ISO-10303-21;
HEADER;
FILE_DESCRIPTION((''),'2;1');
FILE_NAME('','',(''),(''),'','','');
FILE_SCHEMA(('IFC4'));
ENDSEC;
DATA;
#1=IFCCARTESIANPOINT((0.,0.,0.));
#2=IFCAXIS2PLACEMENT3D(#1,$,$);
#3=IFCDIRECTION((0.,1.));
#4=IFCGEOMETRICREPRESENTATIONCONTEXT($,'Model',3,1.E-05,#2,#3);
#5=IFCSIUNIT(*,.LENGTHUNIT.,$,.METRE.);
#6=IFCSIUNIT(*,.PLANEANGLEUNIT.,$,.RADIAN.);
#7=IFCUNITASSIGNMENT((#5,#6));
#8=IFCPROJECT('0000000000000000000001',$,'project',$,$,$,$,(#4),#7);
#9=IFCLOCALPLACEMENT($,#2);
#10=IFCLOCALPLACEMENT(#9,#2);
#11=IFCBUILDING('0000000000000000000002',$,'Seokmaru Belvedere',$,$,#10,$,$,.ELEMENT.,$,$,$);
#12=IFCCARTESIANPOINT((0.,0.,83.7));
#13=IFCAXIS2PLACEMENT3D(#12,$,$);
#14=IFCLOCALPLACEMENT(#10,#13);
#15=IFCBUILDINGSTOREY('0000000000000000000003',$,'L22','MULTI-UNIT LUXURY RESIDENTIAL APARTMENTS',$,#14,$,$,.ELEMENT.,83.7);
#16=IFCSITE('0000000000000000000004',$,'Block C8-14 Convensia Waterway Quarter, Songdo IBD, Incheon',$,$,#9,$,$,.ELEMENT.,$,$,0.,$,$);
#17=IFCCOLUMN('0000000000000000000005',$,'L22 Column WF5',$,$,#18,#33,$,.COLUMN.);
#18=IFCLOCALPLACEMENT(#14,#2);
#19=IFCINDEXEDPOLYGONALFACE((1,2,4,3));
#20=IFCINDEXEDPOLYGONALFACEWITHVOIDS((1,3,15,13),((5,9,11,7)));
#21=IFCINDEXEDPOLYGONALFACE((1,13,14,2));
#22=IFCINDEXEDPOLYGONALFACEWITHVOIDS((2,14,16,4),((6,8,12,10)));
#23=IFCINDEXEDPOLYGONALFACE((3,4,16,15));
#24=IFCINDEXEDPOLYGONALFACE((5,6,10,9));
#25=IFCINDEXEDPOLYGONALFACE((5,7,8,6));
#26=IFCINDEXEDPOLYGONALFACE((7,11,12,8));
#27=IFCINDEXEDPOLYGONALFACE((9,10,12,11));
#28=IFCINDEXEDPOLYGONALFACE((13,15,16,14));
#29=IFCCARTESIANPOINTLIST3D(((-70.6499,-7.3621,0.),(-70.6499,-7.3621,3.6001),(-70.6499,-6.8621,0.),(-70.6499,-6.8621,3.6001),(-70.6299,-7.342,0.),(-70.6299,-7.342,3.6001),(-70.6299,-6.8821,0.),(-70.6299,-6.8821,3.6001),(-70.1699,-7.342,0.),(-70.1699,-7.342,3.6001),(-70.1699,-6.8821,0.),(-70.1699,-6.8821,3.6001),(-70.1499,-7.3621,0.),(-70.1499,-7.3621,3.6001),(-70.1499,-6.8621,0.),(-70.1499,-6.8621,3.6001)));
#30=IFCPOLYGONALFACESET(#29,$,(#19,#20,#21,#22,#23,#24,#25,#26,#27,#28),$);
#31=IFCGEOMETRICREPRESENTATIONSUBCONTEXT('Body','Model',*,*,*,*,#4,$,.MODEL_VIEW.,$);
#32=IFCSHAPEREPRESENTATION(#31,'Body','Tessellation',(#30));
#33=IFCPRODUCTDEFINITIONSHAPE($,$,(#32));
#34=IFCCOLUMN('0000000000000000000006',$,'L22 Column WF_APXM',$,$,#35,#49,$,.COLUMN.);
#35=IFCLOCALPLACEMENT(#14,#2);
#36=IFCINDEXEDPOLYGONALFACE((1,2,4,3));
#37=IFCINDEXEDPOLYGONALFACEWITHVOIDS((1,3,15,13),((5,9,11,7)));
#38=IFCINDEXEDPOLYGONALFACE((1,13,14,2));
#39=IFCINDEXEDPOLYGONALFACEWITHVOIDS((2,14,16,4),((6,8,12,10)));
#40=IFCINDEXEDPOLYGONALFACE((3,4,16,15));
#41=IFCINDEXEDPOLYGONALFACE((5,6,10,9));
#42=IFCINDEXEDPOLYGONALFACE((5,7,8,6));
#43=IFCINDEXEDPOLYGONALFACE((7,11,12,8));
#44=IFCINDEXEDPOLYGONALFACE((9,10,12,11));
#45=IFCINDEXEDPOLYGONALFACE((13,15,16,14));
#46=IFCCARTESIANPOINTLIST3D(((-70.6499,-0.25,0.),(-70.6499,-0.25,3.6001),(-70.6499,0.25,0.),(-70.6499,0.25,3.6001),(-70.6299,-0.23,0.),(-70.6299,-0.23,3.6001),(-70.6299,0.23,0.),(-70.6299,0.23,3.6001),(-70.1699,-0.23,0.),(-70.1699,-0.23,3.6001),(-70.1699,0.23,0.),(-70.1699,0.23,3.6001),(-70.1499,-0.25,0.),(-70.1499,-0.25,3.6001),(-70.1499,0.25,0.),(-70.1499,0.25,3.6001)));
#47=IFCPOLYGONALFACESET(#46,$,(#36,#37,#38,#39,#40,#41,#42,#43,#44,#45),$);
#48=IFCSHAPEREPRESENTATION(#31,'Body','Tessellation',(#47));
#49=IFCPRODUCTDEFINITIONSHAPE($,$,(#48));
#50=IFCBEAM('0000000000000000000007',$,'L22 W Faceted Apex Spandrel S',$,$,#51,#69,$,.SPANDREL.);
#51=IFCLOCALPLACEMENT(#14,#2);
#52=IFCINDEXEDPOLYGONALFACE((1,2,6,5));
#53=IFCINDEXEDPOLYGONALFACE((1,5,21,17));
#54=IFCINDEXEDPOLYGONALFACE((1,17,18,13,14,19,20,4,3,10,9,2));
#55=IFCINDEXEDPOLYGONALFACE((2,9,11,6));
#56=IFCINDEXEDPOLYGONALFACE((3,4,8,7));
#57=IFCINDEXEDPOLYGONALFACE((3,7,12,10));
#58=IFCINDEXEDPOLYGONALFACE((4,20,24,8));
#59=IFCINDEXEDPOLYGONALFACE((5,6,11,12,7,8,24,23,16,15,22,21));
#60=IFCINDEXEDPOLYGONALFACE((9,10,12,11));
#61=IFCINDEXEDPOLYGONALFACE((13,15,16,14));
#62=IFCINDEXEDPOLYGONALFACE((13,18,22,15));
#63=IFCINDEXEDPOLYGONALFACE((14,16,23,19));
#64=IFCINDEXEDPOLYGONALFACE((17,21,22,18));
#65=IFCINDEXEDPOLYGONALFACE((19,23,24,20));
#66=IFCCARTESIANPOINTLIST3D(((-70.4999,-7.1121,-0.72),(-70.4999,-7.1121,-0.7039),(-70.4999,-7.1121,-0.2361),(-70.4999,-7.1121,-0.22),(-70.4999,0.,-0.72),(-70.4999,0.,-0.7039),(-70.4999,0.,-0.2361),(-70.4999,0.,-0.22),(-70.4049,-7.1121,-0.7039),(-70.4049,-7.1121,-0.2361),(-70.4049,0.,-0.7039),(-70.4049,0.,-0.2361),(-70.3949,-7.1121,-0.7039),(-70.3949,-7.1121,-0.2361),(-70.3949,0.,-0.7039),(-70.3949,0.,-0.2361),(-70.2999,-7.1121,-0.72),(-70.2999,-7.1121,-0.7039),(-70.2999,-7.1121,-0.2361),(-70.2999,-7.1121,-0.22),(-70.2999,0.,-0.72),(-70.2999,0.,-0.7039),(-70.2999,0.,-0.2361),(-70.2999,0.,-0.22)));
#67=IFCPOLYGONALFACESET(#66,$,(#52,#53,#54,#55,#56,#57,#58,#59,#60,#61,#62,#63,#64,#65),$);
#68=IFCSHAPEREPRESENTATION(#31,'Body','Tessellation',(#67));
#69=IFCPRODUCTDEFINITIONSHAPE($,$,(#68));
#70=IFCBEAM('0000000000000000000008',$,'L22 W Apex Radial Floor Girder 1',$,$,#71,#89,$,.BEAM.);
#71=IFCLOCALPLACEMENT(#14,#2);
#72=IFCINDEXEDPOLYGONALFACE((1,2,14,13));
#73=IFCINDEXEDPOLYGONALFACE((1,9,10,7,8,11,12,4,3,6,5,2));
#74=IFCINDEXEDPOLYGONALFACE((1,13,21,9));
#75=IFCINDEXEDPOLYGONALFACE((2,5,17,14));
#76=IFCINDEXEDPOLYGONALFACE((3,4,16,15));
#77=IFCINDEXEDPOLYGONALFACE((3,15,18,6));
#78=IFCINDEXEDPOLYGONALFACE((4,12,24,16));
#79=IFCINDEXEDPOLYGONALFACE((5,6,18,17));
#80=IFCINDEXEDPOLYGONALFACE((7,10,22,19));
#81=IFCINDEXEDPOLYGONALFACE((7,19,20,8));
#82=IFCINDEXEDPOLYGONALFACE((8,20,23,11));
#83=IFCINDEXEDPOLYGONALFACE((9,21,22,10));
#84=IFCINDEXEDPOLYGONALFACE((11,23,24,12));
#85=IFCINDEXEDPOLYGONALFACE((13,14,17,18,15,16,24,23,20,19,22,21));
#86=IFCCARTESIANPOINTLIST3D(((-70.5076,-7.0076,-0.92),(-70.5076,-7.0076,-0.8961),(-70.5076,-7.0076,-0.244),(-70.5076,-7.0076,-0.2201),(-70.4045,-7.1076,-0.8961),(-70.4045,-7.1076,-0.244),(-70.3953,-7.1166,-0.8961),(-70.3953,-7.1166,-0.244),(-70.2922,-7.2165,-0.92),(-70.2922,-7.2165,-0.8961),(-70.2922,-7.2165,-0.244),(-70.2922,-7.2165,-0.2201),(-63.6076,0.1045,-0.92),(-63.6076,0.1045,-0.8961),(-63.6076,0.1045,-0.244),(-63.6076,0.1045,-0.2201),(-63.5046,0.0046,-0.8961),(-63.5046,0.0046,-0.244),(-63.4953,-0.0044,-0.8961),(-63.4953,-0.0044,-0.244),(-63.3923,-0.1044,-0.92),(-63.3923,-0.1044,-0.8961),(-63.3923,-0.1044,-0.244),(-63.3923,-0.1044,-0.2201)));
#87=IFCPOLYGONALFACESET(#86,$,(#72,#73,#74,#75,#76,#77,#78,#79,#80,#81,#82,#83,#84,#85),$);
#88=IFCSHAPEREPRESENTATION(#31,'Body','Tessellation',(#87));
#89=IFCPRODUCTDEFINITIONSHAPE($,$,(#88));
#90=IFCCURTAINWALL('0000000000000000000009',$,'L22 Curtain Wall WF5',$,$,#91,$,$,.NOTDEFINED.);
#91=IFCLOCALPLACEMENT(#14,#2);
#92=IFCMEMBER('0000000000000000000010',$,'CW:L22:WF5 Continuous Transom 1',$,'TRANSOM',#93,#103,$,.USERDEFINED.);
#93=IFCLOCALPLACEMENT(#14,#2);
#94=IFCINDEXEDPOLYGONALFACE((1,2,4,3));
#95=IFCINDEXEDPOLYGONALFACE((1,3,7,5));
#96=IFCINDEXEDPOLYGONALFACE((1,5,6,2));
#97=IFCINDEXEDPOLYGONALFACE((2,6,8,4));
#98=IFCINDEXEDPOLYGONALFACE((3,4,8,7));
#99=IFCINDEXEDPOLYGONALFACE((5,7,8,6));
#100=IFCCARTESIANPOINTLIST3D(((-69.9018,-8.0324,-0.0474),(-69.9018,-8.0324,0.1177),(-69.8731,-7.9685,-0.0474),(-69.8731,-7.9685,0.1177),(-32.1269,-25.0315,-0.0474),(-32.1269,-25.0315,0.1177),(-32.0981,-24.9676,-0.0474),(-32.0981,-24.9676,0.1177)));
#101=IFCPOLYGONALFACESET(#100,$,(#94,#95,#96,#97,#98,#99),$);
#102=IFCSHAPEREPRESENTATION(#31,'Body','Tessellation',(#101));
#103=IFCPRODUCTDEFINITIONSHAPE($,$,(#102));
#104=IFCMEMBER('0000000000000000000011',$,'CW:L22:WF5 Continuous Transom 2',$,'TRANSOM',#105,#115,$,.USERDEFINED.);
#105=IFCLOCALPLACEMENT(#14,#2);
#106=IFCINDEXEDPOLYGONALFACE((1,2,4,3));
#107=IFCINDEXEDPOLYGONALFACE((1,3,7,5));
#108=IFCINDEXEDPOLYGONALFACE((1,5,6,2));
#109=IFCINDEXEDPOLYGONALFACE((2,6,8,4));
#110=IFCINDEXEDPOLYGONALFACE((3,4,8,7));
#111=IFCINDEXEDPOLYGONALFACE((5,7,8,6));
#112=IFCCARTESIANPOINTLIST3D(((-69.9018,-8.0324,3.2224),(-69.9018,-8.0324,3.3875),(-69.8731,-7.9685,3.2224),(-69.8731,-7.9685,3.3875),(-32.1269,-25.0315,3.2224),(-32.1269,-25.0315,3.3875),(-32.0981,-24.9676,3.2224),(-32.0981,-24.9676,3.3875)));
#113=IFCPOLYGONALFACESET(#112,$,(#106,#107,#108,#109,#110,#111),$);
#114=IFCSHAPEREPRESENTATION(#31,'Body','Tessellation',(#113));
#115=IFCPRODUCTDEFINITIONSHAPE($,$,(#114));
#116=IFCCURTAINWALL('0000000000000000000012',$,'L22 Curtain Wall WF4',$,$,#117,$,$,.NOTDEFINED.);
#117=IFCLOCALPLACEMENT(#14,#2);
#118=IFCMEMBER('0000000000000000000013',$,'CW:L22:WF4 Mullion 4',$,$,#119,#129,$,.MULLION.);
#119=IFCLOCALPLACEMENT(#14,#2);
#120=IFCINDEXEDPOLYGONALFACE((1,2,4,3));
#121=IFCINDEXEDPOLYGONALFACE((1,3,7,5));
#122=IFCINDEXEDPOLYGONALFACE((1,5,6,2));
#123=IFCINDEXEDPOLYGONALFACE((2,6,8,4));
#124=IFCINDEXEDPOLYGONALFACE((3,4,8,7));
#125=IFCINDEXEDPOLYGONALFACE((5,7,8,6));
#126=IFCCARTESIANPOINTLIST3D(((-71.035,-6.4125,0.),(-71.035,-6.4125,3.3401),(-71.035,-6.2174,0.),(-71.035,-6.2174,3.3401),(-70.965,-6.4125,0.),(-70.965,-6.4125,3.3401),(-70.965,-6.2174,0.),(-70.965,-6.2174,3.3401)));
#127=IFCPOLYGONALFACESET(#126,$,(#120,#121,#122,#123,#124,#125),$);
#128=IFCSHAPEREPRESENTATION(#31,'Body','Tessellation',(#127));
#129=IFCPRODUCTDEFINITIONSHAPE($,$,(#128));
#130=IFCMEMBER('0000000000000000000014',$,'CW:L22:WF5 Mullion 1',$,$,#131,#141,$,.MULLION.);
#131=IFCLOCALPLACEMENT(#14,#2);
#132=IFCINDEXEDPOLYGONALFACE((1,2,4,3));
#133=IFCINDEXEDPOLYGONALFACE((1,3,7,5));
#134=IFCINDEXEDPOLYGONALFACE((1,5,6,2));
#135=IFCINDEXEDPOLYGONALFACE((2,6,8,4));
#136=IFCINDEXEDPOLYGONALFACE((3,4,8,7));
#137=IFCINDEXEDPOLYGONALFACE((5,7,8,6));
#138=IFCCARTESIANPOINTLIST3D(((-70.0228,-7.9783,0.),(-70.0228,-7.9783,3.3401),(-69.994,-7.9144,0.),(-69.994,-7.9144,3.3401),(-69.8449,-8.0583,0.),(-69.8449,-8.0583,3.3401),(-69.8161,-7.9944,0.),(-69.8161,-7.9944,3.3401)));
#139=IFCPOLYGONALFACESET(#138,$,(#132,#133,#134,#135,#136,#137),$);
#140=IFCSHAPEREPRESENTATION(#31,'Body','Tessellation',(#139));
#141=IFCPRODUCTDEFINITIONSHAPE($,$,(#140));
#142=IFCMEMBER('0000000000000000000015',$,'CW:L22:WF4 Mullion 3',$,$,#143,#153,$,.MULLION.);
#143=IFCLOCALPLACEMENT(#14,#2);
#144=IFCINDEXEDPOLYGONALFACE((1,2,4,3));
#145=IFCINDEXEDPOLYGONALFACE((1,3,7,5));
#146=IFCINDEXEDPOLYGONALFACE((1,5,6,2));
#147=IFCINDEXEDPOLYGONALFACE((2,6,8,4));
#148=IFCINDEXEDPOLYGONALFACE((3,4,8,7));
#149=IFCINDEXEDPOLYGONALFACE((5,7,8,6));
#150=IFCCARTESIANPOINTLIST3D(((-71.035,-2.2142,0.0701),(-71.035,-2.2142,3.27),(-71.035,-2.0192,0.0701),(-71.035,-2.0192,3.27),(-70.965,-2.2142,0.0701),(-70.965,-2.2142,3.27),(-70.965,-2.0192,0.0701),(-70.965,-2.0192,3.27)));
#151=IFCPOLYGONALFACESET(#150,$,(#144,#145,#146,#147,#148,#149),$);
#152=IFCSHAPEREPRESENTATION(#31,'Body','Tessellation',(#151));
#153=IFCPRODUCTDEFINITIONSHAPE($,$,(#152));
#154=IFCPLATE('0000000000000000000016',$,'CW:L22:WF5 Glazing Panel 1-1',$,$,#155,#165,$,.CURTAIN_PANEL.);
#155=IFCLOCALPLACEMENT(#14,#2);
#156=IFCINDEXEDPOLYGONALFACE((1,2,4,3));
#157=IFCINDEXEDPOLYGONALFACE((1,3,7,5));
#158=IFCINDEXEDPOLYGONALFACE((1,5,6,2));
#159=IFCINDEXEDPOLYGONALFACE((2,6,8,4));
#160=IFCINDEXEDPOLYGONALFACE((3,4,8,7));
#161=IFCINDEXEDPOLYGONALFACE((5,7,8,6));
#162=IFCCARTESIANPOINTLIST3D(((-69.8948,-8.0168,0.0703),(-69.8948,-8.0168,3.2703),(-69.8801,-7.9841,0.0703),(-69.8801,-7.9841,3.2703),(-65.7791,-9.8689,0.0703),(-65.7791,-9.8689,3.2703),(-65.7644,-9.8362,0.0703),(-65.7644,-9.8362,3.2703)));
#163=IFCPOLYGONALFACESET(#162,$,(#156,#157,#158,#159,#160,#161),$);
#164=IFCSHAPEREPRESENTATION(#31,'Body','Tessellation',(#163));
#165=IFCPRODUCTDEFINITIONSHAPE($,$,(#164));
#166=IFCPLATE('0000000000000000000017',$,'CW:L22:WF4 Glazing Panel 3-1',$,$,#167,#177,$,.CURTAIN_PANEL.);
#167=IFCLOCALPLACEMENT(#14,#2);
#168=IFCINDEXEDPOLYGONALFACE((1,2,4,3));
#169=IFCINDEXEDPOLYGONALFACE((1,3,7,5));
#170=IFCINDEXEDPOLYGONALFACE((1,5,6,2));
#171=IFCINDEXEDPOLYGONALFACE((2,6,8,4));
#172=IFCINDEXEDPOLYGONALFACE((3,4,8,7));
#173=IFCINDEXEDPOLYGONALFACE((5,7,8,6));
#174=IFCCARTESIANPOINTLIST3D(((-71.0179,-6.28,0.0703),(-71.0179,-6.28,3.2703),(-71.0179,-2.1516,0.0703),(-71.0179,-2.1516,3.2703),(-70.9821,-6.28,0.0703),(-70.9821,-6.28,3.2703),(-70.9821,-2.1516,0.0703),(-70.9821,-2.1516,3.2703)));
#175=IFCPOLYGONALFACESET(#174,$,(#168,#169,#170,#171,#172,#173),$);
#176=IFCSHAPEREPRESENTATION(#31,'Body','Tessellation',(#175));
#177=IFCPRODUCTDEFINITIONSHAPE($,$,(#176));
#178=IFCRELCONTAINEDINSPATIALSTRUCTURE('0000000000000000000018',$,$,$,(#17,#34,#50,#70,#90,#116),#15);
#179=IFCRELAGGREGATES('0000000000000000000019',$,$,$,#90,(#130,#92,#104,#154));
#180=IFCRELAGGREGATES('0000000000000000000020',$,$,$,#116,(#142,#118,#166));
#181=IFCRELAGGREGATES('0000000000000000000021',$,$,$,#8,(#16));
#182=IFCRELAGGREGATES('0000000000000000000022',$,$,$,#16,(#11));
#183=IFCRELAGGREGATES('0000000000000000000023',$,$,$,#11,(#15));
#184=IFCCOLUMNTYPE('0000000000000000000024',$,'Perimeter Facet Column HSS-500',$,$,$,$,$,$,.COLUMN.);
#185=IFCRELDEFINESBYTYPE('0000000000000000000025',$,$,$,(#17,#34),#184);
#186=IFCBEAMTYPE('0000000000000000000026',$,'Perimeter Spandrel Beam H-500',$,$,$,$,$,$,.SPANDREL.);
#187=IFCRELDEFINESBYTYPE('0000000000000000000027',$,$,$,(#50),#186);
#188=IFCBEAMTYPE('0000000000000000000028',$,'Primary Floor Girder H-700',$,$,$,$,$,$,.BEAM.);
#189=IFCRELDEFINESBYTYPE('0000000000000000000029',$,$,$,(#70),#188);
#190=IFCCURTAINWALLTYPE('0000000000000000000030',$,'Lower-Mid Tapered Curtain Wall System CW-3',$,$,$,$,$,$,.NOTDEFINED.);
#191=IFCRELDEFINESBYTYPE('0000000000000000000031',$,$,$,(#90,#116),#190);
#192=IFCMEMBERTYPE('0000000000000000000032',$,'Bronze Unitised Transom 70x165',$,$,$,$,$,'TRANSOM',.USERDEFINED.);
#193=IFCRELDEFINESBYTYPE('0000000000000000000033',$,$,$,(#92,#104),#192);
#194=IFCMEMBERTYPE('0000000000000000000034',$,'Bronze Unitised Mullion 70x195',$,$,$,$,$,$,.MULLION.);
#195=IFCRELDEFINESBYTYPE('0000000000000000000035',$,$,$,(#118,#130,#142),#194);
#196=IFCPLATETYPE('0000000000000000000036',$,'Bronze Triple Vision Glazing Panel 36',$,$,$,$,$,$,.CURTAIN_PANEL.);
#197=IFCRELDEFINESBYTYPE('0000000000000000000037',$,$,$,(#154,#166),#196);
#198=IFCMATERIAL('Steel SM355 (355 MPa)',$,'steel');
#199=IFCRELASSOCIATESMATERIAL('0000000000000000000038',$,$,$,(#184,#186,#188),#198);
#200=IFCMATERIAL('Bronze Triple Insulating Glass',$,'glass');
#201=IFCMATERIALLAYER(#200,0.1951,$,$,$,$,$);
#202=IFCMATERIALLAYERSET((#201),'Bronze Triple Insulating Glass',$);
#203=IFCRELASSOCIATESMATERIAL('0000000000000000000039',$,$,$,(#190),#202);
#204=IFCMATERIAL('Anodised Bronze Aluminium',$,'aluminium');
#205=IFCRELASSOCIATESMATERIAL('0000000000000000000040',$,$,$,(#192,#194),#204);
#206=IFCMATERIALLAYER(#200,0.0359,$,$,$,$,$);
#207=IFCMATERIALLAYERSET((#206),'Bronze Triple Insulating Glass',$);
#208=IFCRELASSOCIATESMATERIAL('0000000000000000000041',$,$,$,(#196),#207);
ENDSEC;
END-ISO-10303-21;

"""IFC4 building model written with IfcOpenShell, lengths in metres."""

from ifc_helpers import new_model, si_unit, direction, frame, origin, origin_2d, place, context, subcontext, project, spatial, rectangle, hollow_rectangle, i_section, extrude, source, transform, mapped, material, layer, layer_set, material_profile, profile_set, type_object, type_shapes, element, aggregate, save


model = new_model("IFC4")

# Units and contexts
model_context = context("Model", 3, precision=1e-05, world=origin(), true_north=direction((0.0, 1.0)))
body_context = subcontext(model_context, "Body", "Model", "MODEL_VIEW")
ifc_project = project(units=[si_unit("LENGTHUNIT", "METRE"), si_unit("PLANEANGLEUNIT", "RADIAN")], contexts=[model_context])

# Site, building, storey
site_placement = place(None, origin())
site = spatial("IfcSite", under=ifc_project, at=site_placement, Name="Block C8-14 Convensia Waterway Quarter, Songdo IBD, Incheon", CompositionType="ELEMENT", RefElevation=0.0)
building_placement = place(site_placement, origin())
building = spatial("IfcBuilding", under=site, at=building_placement, Name="Seokmaru Belvedere", CompositionType="ELEMENT")
storey_placement = place(building_placement, frame((0.0, 0.0, 83.7)))
storey = spatial("IfcBuildingStorey", under=building, at=storey_placement, Name="L22", Description="MULTI-UNIT LUXURY RESIDENTIAL APARTMENTS", CompositionType="ELEMENT", Elevation=83.7)

# Columns
ifc_material_1 = material(Name="Steel SM355 (355 MPa)", Category="steel")
ifc_material_profile_1 = material_profile(ifc_material_1, hollow_rectangle(XDim=0.5, YDim=0.5, WallThickness=0.02, at=origin_2d()), Name="HSS-500x500x20")
ifc_profile_set_1 = profile_set([ifc_material_profile_1], Name="Steel SM355 (355 MPa)")
column_type = type_object("IfcColumnType", Name="Perimeter Facet Column HSS-500", PredefinedType="COLUMN", material=ifc_profile_set_1)
shared_shape_1 = source(origin(), body_context, "Body", "SweptSolid", [
    extrude(hollow_rectangle(XDim=0.5, YDim=0.5, WallThickness=0.02, at=origin_2d()), origin(), (0.0, 0.0, 1.0), 3.6001),
])
type_shapes(column_type, [shared_shape_1])
for number, where, z_axis, x_axis, name in (
    (1, (-70.3999, -7.1121, 0.0), (0.0, 0.0, 1.0), (1.0, 0.0, 0.0), "L22 Column WF5"),
    (2, (-70.3999, 0.0, 0.0), (0.0, 0.0, 1.0), (1.0, 0.0, 0.0), "L22 Column WF_APXM"),
):
    element("IfcColumn", number, at=place(storey_placement, frame(where, z_axis=z_axis, x_axis=x_axis)), inside=storey, type_object=column_type, Name=name, PredefinedType="COLUMN", context=body_context, shape_type="MappedRepresentation", body=[
        mapped(shared_shape_1, transform((0.0, 0.0, 0.0), scale=1.0)),
    ])

# Beams
ifc_material_profile_2 = material_profile(ifc_material_1, i_section(OverallWidth=0.2, OverallDepth=0.5, WebThickness=0.01, FlangeThickness=0.0161, at=origin_2d()), Name="H-500x200x10x16")
ifc_profile_set_2 = profile_set([ifc_material_profile_2], Name="Steel SM355 (355 MPa)")
beam_type_1 = type_object("IfcBeamType", Name="Perimeter Spandrel Beam H-500", PredefinedType="SPANDREL", material=ifc_profile_set_2)
shared_shape_2 = source(origin(), body_context, "Body", "SweptSolid", [
    extrude(i_section(OverallWidth=0.2, OverallDepth=0.5, WebThickness=0.01, FlangeThickness=0.0161, at=origin_2d()), origin(), (0.0, 0.0, 1.0), 7.1121),
])
type_shapes(beam_type_1, [shared_shape_2])
beam_1_placement = place(storey_placement, frame((-70.3999, -7.1121, -0.47), z_axis=(0.0, 1.0, 0.0), x_axis=(-1.0, 0.0, 0.0)))
element("IfcBeam", 3, at=beam_1_placement, inside=storey, type_object=beam_type_1, Name="L22 W Faceted Apex Spandrel S", PredefinedType="SPANDREL", context=body_context, shape_type="MappedRepresentation", body=[
    mapped(shared_shape_2, transform((0.0, 0.0, 0.0), scale=1.0)),
])
ifc_material_profile_3 = material_profile(ifc_material_1, i_section(OverallWidth=0.3, OverallDepth=0.7, WebThickness=0.0129, FlangeThickness=0.0239, at=origin_2d()), Name="H-700x300x13x24")
ifc_profile_set_3 = profile_set([ifc_material_profile_3], Name="Steel SM355 (355 MPa)")
beam_type_2 = type_object("IfcBeamType", Name="Primary Floor Girder H-700", PredefinedType="BEAM", material=ifc_profile_set_3)
shared_shape_3 = source(origin(), body_context, "Body", "SweptSolid", [
    extrude(i_section(OverallWidth=0.3, OverallDepth=0.7, WebThickness=0.0129, FlangeThickness=0.0239, at=origin_2d()), origin(), (0.0, 0.0, 1.0), 9.9092),
])
type_shapes(beam_type_2, [shared_shape_3])
beam_2_placement = place(storey_placement, frame((-70.3999, -7.1121, -0.5701), z_axis=(0.696321, 0.717731, 0.0), x_axis=(-0.717731, 0.696321, 0.0)))
element("IfcBeam", 4, at=beam_2_placement, inside=storey, type_object=beam_type_2, Name="L22 W Apex Radial Floor Girder 1", PredefinedType="BEAM", context=body_context, shape_type="MappedRepresentation", body=[
    mapped(shared_shape_3, transform((0.0, 0.0, 0.0), scale=1.0)),
])

# Curtain wall, members
ifc_material_2 = material(Name="Bronze Triple Insulating Glass", Category="glass")
ifc_layer_1 = layer(ifc_material_2, 0.1951)
ifc_layer_set_1 = layer_set([ifc_layer_1], Name="Bronze Triple Insulating Glass")
curtain_wall_type = type_object("IfcCurtainWallType", Name="Lower-Mid Tapered Curtain Wall System CW-3", PredefinedType="NOTDEFINED", material=ifc_layer_set_1)
curtain_wall_1_placement = place(storey_placement, origin())
curtain_wall_1 = element("IfcCurtainWall", 5, at=curtain_wall_1_placement, inside=storey, type_object=curtain_wall_type, Name="L22 Curtain Wall WF5", PredefinedType="NOTDEFINED")
ifc_material_3 = material(Name="Anodised Bronze Aluminium", Category="aluminium")
ifc_material_profile_4 = material_profile(ifc_material_3, rectangle(XDim=0.0701, YDim=0.165, at=origin_2d()), Name="CW-T-70x165")
ifc_profile_set_4 = profile_set([ifc_material_profile_4], Name="Anodised Bronze Aluminium")
member_type_1 = type_object("IfcMemberType", Name="Bronze Unitised Transom 70x165", ElementType="TRANSOM", PredefinedType="USERDEFINED", material=ifc_profile_set_4)
shared_shape_4 = source(origin(), body_context, "Body", "SweptSolid", [
    extrude(rectangle(XDim=0.0701, YDim=0.165, at=origin_2d()), origin(), (0.0, 0.0, 1.0), 41.4236),
])
type_shapes(member_type_1, [shared_shape_4])
member_1_placement = place(storey_placement, frame((-69.8875, -8.0005, 0.0352), z_axis=(0.911919, -0.410371, 0.0), x_axis=(0.410371, 0.911919, 0.0)))
member_1 = element("IfcMember", 6, at=member_1_placement, type_object=member_type_1, Name="CW:L22:WF5 Continuous Transom 1", ObjectType="TRANSOM", PredefinedType="USERDEFINED", context=body_context, shape_type="MappedRepresentation", body=[
    mapped(shared_shape_4, transform((0.0, 0.0, 0.0), scale=1.0)),
])
member_2_placement = place(storey_placement, frame((-69.8875, -8.0005, 3.3049), z_axis=(0.911919, -0.410371, 0.0), x_axis=(0.410371, 0.911919, 0.0)))
member_2 = element("IfcMember", 7, at=member_2_placement, type_object=member_type_1, Name="CW:L22:WF5 Continuous Transom 2", ObjectType="TRANSOM", PredefinedType="USERDEFINED", context=body_context, shape_type="MappedRepresentation", body=[
    mapped(shared_shape_4, transform((0.0, 0.0, 0.0), scale=1.0)),
])

# Curtain wall, member
curtain_wall_2_placement = place(storey_placement, origin())
curtain_wall_2 = element("IfcCurtainWall", 8, at=curtain_wall_2_placement, inside=storey, type_object=curtain_wall_type, Name="L22 Curtain Wall WF4", PredefinedType="NOTDEFINED")
ifc_material_profile_5 = material_profile(ifc_material_3, rectangle(XDim=0.0701, YDim=0.1951, at=origin_2d()), Name="CW-M-70x195")
ifc_profile_set_5 = profile_set([ifc_material_profile_5], Name="Anodised Bronze Aluminium")
member_type_2 = type_object("IfcMemberType", Name="Bronze Unitised Mullion 70x195", PredefinedType="MULLION", material=ifc_profile_set_5)
shared_shape_5 = source(origin(), body_context, "Body", "SweptSolid", [
    extrude(rectangle(XDim=0.0701, YDim=0.1951, at=origin_2d()), origin(), (0.0, 0.0, 1.0), 3.3401),
])
member_3_placement = place(storey_placement, frame((-71.0, -6.3149, 0.0), z_axis=(0.0, 0.0, 1.0), x_axis=(1.0, 0.0, 0.0)))
member_3 = element("IfcMember", 9, at=member_3_placement, type_object=member_type_2, Name="CW:L22:WF4 Mullion 4", PredefinedType="MULLION", context=body_context, shape_type="MappedRepresentation", body=[
    mapped(shared_shape_5, transform((0.0, 0.0, 0.0), scale=1.0)),
])

# Members
member_4_placement = place(storey_placement, frame((-69.9194, -7.9863, 0.0), z_axis=(0.0, 0.0, 1.0), x_axis=(0.410366, 0.911921, 0.0)))
member_4 = element("IfcMember", 10, at=member_4_placement, type_object=member_type_2, Name="CW:L22:WF5 Mullion 1", PredefinedType="MULLION", context=body_context, shape_type="MappedRepresentation", body=[
    mapped(shared_shape_5, transform((0.0, 0.0, 0.0), scale=1.0)),
])
shared_shape_6 = source(origin(), body_context, "Body", "SweptSolid", [
    extrude(rectangle(XDim=0.0701, YDim=0.1951, at=origin_2d()), origin(), (0.0, 0.0, 1.0), 3.2),
])
type_shapes(member_type_2, [shared_shape_5, shared_shape_6])
member_5_placement = place(storey_placement, frame((-71.0, -2.1167, 0.0701), z_axis=(0.0, 0.0, 1.0), x_axis=(1.0, 0.0, 0.0)))
member_5 = element("IfcMember", 11, at=member_5_placement, type_object=member_type_2, Name="CW:L22:WF4 Mullion 3", PredefinedType="MULLION", context=body_context, shape_type="MappedRepresentation", body=[
    mapped(shared_shape_6, transform((0.0, 0.0, 0.0), scale=1.0)),
])

# Plates
ifc_layer_2 = layer(ifc_material_2, 0.0359)
ifc_layer_set_2 = layer_set([ifc_layer_2], Name="Bronze Triple Insulating Glass")
plate_type = type_object("IfcPlateType", Name="Bronze Triple Vision Glazing Panel 36", PredefinedType="CURTAIN_PANEL", material=ifc_layer_set_2)
shared_shape_7 = source(origin(), body_context, "Body", "SweptSolid", [
    extrude(rectangle(XDim=4.5132, YDim=0.0359, at=origin_2d()), origin(), (0.0, 0.0, 1.0), 3.2),
])
plate_1_placement = place(storey_placement, frame((-67.8296, -8.9265, 0.0703), z_axis=(0.0, 0.0, 1.0), x_axis=(0.911921, -0.410366, 0.0)))
plate_1 = element("IfcPlate", 12, at=plate_1_placement, type_object=plate_type, Name="CW:L22:WF5 Glazing Panel 1-1", PredefinedType="CURTAIN_PANEL", context=body_context, shape_type="MappedRepresentation", body=[
    mapped(shared_shape_7, transform((0.0, 0.0, 0.0), scale=1.0)),
])
aggregate(curtain_wall_1, [member_4, member_1, member_2, plate_1])
shared_shape_8 = source(origin(), body_context, "Body", "SweptSolid", [
    extrude(rectangle(XDim=4.1284, YDim=0.0359, at=origin_2d()), origin(), (0.0, 0.0, 1.0), 3.2),
])
plate_2_placement = place(storey_placement, frame((-71.0, -4.2158, 0.0703), z_axis=(0.0, 0.0, 1.0), x_axis=(0.0, -1.0, 0.0)))
plate_2 = element("IfcPlate", 13, at=plate_2_placement, type_object=plate_type, Name="CW:L22:WF4 Glazing Panel 3-1", PredefinedType="CURTAIN_PANEL", context=body_context, shape_type="MappedRepresentation", body=[
    mapped(shared_shape_8, transform((0.0, 0.0, 0.0), scale=1.0)),
])
aggregate(curtain_wall_2, [member_5, member_3, plate_2])

save(model, "model.ifc")
